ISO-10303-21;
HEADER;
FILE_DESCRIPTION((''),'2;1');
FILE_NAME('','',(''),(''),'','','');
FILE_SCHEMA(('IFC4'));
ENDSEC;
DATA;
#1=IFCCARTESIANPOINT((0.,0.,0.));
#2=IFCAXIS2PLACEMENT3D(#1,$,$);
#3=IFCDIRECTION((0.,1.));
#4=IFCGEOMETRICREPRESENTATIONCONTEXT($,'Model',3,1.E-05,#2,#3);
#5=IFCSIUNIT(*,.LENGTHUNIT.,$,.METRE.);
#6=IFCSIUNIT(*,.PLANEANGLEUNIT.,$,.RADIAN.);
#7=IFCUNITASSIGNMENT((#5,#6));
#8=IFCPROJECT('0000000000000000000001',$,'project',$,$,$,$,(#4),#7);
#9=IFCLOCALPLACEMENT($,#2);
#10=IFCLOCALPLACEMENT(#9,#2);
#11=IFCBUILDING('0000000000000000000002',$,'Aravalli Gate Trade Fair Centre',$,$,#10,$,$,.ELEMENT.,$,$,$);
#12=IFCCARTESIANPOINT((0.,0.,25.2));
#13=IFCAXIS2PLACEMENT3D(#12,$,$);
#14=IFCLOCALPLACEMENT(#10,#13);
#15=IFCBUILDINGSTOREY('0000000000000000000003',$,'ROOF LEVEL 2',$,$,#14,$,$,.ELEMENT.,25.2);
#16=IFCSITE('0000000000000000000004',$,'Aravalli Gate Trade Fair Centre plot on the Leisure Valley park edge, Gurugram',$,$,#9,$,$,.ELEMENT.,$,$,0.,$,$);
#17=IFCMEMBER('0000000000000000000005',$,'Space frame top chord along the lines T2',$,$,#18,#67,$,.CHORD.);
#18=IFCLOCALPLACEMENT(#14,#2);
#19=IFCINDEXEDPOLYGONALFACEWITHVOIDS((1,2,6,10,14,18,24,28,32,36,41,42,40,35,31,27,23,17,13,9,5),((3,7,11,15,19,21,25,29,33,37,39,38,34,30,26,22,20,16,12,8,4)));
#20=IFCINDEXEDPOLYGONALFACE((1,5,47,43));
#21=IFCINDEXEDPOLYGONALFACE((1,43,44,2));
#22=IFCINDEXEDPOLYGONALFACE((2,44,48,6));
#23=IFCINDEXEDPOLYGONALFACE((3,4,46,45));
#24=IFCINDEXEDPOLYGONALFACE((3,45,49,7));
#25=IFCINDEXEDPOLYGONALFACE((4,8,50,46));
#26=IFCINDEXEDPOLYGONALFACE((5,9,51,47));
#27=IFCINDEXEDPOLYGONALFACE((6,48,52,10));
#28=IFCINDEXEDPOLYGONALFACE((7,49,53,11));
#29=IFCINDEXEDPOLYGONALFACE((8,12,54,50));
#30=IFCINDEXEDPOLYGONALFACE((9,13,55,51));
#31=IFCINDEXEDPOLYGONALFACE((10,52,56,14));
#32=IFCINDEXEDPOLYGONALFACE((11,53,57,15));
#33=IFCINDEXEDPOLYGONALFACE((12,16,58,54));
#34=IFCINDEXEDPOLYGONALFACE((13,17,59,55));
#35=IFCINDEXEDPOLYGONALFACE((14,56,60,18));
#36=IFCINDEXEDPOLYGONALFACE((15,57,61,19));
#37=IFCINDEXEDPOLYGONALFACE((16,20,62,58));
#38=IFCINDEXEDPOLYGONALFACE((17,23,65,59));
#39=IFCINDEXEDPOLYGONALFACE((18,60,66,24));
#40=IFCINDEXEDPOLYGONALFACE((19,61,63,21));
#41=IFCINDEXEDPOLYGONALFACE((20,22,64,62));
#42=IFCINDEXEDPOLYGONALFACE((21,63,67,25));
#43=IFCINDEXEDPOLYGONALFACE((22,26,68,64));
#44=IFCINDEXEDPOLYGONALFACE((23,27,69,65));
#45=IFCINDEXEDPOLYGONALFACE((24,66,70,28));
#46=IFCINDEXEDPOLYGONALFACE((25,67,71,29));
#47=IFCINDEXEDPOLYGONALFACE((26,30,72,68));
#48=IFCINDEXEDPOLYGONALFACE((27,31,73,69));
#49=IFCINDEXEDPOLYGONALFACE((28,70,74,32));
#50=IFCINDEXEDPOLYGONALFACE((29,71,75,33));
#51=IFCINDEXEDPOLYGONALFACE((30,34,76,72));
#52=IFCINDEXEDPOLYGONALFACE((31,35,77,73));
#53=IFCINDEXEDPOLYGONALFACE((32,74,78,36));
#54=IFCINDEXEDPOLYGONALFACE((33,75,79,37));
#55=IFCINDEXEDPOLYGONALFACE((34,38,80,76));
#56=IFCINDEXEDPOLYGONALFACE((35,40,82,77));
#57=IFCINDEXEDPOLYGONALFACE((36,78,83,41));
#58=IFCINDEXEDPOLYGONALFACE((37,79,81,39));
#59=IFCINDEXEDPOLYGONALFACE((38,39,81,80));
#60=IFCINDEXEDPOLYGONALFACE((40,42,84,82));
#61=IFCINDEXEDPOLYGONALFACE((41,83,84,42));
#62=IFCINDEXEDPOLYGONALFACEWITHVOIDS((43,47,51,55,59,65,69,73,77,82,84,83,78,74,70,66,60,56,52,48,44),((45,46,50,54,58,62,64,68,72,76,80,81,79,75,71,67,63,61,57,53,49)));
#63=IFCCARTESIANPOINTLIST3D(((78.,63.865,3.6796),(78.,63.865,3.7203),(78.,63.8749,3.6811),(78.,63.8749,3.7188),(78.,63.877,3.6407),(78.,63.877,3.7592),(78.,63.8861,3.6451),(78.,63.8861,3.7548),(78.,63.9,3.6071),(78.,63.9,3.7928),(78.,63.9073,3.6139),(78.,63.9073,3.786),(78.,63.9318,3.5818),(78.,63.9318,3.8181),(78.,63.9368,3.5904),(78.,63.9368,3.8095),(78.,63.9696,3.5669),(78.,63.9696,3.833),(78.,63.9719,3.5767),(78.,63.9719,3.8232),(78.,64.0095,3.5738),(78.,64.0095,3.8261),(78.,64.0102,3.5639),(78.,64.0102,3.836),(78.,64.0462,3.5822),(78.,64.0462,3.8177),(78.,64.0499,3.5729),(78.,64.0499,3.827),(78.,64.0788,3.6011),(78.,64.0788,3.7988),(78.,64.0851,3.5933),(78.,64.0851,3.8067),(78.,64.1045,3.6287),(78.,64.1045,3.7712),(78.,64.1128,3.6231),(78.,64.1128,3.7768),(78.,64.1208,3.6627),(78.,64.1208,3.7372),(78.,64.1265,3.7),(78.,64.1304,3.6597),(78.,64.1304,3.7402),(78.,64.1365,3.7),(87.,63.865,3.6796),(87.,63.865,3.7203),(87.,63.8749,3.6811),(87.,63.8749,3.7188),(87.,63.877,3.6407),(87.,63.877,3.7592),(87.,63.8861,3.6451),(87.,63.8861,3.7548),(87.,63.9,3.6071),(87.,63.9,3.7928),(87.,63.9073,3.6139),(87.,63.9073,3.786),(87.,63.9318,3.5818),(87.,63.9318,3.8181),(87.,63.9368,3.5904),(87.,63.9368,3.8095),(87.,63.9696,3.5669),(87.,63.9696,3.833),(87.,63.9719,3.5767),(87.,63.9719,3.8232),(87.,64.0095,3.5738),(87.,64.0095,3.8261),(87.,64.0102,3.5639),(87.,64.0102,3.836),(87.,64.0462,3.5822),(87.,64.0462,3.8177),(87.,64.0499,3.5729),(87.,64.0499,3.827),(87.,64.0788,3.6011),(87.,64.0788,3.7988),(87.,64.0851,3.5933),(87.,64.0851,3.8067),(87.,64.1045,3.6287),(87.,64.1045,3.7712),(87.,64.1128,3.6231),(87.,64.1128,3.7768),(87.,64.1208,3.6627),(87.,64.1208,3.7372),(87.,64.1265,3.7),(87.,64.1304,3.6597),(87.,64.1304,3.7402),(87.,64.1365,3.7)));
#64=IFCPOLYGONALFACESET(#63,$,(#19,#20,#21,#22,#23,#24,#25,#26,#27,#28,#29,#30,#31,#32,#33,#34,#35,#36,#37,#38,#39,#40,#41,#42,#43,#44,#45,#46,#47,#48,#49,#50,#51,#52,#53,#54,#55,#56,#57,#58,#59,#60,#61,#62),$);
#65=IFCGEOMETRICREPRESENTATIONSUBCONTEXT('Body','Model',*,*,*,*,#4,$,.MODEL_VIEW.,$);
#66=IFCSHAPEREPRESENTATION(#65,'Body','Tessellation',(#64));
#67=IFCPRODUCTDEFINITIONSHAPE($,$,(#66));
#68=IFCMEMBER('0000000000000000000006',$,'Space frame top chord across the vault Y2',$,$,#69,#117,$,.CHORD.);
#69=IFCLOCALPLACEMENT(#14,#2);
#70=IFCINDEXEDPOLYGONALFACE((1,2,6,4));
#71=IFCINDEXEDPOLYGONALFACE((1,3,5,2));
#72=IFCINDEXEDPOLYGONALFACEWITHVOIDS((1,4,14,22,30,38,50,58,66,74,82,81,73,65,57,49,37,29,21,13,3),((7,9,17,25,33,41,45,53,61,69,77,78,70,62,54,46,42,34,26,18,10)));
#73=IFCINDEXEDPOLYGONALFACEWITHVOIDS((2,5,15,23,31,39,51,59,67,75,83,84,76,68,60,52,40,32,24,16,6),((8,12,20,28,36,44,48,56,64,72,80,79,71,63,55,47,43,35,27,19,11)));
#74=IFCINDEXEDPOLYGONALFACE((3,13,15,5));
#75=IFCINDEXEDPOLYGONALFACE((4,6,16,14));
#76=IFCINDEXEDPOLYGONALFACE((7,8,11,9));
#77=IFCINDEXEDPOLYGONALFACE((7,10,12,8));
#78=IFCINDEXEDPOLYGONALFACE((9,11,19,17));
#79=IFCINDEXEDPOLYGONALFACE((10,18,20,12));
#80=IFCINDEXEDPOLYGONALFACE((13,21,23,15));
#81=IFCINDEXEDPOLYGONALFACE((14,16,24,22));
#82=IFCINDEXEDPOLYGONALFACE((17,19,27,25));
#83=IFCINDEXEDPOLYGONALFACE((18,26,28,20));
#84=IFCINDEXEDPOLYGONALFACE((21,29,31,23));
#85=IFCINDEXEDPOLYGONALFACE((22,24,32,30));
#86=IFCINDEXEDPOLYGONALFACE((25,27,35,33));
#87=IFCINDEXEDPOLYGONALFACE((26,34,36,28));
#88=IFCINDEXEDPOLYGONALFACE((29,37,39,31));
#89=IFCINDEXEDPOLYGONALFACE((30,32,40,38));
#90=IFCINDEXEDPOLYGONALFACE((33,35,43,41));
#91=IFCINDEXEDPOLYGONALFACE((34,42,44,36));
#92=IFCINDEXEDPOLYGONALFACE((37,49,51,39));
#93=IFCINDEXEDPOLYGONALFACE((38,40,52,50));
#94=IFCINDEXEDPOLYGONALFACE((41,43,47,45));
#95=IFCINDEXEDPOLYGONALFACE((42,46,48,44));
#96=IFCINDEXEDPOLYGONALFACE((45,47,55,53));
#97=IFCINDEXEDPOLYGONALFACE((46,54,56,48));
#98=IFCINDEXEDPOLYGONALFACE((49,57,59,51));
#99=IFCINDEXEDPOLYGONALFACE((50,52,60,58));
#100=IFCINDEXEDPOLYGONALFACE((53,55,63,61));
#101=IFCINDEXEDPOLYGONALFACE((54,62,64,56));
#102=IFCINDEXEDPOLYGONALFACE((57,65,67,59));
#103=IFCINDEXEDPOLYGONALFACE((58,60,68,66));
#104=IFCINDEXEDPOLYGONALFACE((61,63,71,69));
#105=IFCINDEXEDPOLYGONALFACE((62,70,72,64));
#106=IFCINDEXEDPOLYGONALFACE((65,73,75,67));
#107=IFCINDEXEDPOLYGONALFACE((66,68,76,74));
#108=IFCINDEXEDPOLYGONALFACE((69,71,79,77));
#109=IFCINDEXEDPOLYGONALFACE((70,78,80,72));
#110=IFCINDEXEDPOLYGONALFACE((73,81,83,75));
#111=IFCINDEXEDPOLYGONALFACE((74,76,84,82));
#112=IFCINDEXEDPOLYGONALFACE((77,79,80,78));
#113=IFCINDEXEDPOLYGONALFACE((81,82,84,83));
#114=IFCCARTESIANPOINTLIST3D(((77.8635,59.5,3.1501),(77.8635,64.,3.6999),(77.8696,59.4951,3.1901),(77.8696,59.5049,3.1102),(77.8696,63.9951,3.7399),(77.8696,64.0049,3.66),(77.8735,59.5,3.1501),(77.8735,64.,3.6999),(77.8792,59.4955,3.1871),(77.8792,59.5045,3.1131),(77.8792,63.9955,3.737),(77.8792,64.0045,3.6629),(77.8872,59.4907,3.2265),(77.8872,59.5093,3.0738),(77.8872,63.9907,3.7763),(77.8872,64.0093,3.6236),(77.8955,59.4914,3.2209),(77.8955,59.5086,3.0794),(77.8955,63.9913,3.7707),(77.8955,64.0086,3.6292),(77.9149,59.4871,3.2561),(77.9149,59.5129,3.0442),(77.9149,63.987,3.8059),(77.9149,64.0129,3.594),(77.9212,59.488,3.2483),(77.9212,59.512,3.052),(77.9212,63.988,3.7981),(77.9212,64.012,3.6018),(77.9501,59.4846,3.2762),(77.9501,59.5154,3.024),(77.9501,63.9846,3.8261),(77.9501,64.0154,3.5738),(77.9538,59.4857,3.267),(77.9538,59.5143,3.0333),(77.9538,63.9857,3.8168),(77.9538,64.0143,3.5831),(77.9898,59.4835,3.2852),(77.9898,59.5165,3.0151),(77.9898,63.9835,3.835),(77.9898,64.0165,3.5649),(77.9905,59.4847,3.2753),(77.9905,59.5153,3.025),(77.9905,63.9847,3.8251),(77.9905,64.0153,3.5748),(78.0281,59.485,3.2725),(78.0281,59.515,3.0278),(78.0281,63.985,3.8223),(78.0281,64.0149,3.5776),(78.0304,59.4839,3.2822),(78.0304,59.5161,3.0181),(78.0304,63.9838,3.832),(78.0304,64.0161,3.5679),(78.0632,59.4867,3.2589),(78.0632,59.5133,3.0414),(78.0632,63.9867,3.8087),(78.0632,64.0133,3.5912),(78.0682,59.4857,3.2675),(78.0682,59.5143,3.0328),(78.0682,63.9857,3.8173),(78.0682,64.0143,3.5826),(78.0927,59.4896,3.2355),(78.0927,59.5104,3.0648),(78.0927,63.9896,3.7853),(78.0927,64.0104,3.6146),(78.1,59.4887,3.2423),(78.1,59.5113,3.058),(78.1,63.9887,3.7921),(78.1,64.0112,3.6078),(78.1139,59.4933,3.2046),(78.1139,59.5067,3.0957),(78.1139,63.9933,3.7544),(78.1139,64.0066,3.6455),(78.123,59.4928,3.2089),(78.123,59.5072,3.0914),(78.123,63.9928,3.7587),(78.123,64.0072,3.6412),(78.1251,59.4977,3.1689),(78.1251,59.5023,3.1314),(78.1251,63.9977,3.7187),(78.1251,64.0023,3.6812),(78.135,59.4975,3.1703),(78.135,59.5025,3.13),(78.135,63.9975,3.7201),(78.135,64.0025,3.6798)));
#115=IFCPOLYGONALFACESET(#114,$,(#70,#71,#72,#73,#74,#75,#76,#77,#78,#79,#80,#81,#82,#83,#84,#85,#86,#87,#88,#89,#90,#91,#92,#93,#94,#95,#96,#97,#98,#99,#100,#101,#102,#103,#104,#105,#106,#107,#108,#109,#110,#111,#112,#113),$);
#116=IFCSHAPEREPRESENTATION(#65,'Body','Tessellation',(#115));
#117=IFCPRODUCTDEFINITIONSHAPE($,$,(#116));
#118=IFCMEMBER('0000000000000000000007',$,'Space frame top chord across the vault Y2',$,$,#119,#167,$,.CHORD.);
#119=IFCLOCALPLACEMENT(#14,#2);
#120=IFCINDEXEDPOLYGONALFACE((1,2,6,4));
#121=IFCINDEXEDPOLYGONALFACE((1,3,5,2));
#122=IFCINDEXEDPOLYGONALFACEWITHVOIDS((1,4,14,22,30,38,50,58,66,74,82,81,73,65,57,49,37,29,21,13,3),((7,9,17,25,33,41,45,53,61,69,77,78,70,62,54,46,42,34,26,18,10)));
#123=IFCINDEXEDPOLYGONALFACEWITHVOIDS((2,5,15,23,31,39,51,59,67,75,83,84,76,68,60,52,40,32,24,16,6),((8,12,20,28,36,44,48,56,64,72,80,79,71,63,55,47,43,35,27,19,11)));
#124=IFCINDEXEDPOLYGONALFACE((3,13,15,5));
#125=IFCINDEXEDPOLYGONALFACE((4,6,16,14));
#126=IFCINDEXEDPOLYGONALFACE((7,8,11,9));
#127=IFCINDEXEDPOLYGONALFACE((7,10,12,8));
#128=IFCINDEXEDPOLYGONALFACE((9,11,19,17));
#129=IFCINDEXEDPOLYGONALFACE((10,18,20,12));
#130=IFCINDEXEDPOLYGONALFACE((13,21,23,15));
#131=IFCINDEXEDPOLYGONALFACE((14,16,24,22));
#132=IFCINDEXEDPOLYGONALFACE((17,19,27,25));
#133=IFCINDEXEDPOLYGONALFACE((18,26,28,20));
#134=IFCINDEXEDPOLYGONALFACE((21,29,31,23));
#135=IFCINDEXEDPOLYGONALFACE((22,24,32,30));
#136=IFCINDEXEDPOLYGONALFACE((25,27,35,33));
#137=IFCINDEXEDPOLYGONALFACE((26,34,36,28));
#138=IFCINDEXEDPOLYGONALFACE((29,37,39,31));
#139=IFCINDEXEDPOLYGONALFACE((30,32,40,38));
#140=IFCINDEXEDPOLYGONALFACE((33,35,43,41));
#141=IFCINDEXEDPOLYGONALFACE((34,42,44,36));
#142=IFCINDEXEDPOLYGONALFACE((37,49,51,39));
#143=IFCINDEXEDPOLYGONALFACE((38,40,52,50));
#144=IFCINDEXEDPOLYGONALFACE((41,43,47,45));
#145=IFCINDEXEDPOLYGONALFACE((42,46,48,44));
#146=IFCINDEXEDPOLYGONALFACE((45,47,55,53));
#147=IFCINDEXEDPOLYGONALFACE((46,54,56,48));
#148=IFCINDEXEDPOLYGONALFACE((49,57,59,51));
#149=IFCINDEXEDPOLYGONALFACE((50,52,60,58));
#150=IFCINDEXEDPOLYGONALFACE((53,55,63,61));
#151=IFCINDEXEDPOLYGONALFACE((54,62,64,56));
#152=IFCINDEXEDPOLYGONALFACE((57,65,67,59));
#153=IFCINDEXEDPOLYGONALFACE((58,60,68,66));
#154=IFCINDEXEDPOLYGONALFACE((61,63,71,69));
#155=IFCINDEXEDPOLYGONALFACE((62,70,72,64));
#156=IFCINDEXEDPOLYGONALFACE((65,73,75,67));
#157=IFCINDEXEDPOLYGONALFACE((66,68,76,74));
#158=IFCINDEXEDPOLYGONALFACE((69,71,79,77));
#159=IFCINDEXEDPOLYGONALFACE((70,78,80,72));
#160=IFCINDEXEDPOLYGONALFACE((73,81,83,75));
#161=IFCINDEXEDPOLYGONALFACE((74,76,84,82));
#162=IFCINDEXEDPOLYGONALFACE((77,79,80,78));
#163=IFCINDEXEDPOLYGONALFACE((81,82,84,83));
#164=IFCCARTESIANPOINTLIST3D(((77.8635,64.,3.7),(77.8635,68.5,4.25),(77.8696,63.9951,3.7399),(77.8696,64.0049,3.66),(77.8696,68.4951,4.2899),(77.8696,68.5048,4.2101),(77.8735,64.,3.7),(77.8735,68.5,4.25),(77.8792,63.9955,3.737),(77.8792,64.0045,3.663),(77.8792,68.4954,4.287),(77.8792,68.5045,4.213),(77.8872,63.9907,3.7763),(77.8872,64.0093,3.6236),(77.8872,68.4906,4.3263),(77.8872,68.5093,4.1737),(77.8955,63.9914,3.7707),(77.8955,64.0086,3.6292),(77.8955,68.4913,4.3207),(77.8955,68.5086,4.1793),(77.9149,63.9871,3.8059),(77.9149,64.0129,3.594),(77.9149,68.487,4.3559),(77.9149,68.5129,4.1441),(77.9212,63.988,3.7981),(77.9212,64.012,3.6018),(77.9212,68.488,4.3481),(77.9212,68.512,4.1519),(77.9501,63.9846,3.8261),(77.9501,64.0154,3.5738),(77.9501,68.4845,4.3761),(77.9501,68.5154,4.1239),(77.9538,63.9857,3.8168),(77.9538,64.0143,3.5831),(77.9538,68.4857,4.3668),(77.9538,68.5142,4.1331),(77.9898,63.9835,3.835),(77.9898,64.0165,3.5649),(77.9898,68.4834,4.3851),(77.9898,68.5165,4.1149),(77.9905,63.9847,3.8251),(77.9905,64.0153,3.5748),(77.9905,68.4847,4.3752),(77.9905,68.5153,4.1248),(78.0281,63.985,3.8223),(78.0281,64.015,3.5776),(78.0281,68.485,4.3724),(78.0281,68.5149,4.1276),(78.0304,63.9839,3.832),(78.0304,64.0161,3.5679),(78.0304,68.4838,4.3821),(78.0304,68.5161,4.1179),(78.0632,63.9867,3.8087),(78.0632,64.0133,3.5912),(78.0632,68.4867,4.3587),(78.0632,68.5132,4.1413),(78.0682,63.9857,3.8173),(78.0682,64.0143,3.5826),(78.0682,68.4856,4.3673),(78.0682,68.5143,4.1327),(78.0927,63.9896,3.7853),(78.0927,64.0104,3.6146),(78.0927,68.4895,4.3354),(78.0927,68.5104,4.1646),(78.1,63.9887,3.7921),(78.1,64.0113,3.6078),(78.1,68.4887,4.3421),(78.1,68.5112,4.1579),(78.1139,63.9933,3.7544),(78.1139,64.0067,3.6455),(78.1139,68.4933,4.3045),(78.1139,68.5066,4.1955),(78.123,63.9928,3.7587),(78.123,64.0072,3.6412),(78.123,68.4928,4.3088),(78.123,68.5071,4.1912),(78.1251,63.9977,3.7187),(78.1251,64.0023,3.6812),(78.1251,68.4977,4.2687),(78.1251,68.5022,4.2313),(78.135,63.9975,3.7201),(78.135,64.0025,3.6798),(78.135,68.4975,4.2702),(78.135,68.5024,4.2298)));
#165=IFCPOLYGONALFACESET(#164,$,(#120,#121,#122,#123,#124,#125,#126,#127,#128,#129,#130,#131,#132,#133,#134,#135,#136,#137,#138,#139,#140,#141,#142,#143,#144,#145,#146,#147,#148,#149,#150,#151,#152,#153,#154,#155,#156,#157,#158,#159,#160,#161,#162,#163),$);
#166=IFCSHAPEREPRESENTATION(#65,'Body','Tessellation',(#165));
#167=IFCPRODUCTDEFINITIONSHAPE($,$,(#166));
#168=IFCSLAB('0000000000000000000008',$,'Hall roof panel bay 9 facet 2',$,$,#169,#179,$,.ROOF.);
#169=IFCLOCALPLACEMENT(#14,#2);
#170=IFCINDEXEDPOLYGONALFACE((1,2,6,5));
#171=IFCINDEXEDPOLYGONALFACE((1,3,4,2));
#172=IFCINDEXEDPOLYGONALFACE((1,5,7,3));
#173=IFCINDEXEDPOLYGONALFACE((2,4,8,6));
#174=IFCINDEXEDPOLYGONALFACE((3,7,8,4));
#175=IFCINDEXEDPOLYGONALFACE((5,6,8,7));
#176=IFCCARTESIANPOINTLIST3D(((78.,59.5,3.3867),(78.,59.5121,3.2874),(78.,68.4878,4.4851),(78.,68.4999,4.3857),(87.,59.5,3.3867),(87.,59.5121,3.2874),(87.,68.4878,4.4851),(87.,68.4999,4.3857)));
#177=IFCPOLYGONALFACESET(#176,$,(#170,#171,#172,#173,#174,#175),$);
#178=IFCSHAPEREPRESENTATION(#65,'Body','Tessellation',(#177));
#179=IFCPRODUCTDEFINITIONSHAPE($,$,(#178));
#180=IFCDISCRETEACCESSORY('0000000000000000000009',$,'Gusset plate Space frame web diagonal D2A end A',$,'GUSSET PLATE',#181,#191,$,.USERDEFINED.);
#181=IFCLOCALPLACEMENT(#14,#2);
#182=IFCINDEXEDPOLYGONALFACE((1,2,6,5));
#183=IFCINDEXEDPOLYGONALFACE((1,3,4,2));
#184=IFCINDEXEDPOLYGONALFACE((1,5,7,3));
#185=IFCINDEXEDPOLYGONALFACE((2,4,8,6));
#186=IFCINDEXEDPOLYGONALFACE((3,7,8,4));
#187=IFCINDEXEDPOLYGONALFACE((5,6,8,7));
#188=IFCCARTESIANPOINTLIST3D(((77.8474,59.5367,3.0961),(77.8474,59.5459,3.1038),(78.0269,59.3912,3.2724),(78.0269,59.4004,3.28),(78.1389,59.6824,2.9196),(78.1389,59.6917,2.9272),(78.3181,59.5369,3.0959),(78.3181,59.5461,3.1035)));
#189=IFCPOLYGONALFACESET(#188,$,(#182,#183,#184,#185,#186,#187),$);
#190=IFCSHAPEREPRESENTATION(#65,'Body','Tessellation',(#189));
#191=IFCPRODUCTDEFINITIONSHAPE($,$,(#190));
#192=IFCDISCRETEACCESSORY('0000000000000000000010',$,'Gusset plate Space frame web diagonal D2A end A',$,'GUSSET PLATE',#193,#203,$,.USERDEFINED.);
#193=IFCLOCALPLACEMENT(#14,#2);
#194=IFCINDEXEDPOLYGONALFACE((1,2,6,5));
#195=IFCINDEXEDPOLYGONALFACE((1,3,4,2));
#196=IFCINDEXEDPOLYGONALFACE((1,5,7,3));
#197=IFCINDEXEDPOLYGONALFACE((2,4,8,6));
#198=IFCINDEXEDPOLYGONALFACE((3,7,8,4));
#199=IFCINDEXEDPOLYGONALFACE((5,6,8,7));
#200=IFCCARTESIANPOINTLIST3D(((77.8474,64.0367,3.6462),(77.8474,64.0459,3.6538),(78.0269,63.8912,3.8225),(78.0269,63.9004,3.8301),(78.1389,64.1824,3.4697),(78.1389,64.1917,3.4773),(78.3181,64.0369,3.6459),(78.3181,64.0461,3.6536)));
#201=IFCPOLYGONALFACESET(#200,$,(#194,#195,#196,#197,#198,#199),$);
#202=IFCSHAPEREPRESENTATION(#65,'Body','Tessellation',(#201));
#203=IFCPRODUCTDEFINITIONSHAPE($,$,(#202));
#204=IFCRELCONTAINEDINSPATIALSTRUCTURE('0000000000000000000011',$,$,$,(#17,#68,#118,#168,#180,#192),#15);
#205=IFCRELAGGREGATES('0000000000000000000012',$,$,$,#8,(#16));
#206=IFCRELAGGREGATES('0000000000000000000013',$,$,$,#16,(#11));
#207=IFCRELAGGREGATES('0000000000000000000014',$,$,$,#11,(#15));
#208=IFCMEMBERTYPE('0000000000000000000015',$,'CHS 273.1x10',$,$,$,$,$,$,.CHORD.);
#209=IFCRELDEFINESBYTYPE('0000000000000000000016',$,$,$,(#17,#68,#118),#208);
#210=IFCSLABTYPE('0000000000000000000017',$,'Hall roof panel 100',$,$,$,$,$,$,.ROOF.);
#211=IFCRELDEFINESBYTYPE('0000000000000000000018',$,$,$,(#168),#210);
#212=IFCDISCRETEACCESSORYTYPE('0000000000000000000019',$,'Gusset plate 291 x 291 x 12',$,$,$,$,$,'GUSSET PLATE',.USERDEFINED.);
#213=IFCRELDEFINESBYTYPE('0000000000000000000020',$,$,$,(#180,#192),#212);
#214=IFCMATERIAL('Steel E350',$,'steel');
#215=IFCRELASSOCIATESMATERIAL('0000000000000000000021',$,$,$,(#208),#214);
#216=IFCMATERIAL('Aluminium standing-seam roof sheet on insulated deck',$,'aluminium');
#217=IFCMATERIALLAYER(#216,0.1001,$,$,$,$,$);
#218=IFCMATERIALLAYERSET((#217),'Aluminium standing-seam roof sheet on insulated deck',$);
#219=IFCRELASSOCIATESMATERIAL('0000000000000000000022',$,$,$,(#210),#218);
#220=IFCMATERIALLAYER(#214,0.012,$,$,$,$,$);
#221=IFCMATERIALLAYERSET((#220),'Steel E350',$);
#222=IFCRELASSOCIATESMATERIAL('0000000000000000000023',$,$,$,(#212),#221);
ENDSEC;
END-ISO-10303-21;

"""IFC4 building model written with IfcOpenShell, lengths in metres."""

from ifc_helpers import new_model, si_unit, direction, frame, origin, origin_2d, place, context, subcontext, project, spatial, polyline, hollow_circle, outline, extrude, material, layer, layer_set, material_profile, profile_set, type_object, element, save


model = new_model("IFC4")

# Units and contexts
model_context = context("Model", 3, precision=1e-05, world=origin(), true_north=direction((0.0, 1.0)))
body_context = subcontext(model_context, "Body", "Model", "MODEL_VIEW")
ifc_project = project(units=[si_unit("LENGTHUNIT", "METRE"), si_unit("PLANEANGLEUNIT", "RADIAN")], contexts=[model_context])

# Site, building, storey
site_placement = place(None, origin())
site = spatial("IfcSite", under=ifc_project, at=site_placement, Name="Aravalli Gate Trade Fair Centre plot on the Leisure Valley park edge, Gurugram", CompositionType="ELEMENT", RefElevation=0.0)
building_placement = place(site_placement, origin())
building = spatial("IfcBuilding", under=site, at=building_placement, Name="Aravalli Gate Trade Fair Centre", CompositionType="ELEMENT")
storey_placement = place(building_placement, frame((0.0, 0.0, 25.2)))
storey = spatial("IfcBuildingStorey", under=building, at=storey_placement, Name="ROOF LEVEL 2", CompositionType="ELEMENT", Elevation=25.2)

# Members
ifc_material_1 = material(Name="Steel E350", Category="steel")
ifc_material_profile_1 = material_profile(ifc_material_1, hollow_circle(Radius=0.1365, WallThickness=0.01, at=origin_2d()), Name="CHS 273.1x10")
ifc_profile_set_1 = profile_set([ifc_material_profile_1], Name="Steel E350")
member_type_1 = type_object("IfcMemberType", Name="CHS 273.1x10", PredefinedType="CHORD", material=ifc_profile_set_1)
for number, where, z_axis, x_axis, name in (
    (1, (78.0, 64.0, 3.7), (1.0, 0.0, 0.0), (0.0, 1.0, 0.0), "Space frame top chord along the lines T2"),
):
    element("IfcMember", number, at=place(storey_placement, frame(where, z_axis=z_axis, x_axis=x_axis)), inside=storey, type_object=member_type_1, Name=name, PredefinedType="CHORD", context=body_context, shape_type="SweptSolid", body=[
        extrude(hollow_circle(Radius=0.1365, WallThickness=0.01, at=origin_2d()), origin(), (0.0, 0.0, 1.0), 9.0),
    ])
for number, where, z_axis, x_axis, name in (
    (2, (78.0, 59.5, 3.1501), (0.0, 0.992619, 0.121277), (-1.0, 0.0, 0.0), "Space frame top chord across the vault Y2"),
    (3, (78.0, 64.0, 3.7), (0.0, 0.992612, 0.12133), (-1.0, 0.0, 0.0), "Space frame top chord across the vault Y2"),
):
    element("IfcMember", number, at=place(storey_placement, frame(where, z_axis=z_axis, x_axis=x_axis)), inside=storey, type_object=member_type_1, Name=name, PredefinedType="CHORD", context=body_context, shape_type="SweptSolid", body=[
        extrude(hollow_circle(Radius=0.1365, WallThickness=0.01, at=origin_2d()), origin(), (0.0, 0.0, 1.0), 4.5334),
    ])

# Slab
ifc_material_2 = material(Name="Aluminium standing-seam roof sheet on insulated deck", Category="aluminium")
ifc_layer_1 = layer(ifc_material_2, 0.1001)
ifc_layer_set_1 = layer_set([ifc_layer_1], Name="Aluminium standing-seam roof sheet on insulated deck")
slab_type = type_object("IfcSlabType", Name="Hall roof panel 100", PredefinedType="ROOF", material=ifc_layer_set_1)
slab_placement = place(storey_placement, frame((78.0, 59.5, 3.3867), z_axis=(0.0, -0.121306, 0.992615), x_axis=(1.0, 0.0, 0.0)))
element("IfcSlab", 4, at=slab_placement, inside=storey, type_object=slab_type, Name="Hall roof panel bay 9 facet 2", PredefinedType="ROOF", context=body_context, shape_type="SweptSolid", body=[
    extrude(outline(polyline([(0.0, 0.0), (9.0, 0.0), (9.0, 9.0547), (0.0, 9.0547), (0.0, 0.0)])), origin(), (0.0, 0.0, -1.0), 0.1001),
])

# Discrete accessories
ifc_layer_2 = layer(ifc_material_1, 0.012)
ifc_layer_set_2 = layer_set([ifc_layer_2], Name="Steel E350")
discrete_accessory_type = type_object("IfcDiscreteAccessoryType", Name="Gusset plate 291 x 291 x 12", ElementType="GUSSET PLATE", PredefinedType="USERDEFINED", material=ifc_layer_set_2)
for number, where, z_axis, x_axis, name in (
    (5, (78.1389, 59.6917, 2.9272), (-0.00007, 0.771155, 0.636648), (-0.786484, -0.393242, 0.476238), "Gusset plate Space frame web diagonal D2A end A"),
    (6, (78.1389, 64.1917, 3.4773), (-0.00007, 0.771155, 0.636648), (-0.786484, -0.393242, 0.476238), "Gusset plate Space frame web diagonal D2A end A"),
):
    element("IfcDiscreteAccessory", number, at=place(storey_placement, frame(where, z_axis=z_axis, x_axis=x_axis)), inside=storey, type_object=discrete_accessory_type, Name=name, ObjectType="GUSSET PLATE", PredefinedType="USERDEFINED", context=body_context, shape_type="SweptSolid", body=[
        extrude(outline(polyline([(0.0, 0.0), (0.3706, 0.0), (0.3707, 0.2906), (0.0002, 0.2904), (0.0, 0.0)])), origin(), (0.0, 0.0, -1.0), 0.012),
    ])

save(model, "model.ifc")
